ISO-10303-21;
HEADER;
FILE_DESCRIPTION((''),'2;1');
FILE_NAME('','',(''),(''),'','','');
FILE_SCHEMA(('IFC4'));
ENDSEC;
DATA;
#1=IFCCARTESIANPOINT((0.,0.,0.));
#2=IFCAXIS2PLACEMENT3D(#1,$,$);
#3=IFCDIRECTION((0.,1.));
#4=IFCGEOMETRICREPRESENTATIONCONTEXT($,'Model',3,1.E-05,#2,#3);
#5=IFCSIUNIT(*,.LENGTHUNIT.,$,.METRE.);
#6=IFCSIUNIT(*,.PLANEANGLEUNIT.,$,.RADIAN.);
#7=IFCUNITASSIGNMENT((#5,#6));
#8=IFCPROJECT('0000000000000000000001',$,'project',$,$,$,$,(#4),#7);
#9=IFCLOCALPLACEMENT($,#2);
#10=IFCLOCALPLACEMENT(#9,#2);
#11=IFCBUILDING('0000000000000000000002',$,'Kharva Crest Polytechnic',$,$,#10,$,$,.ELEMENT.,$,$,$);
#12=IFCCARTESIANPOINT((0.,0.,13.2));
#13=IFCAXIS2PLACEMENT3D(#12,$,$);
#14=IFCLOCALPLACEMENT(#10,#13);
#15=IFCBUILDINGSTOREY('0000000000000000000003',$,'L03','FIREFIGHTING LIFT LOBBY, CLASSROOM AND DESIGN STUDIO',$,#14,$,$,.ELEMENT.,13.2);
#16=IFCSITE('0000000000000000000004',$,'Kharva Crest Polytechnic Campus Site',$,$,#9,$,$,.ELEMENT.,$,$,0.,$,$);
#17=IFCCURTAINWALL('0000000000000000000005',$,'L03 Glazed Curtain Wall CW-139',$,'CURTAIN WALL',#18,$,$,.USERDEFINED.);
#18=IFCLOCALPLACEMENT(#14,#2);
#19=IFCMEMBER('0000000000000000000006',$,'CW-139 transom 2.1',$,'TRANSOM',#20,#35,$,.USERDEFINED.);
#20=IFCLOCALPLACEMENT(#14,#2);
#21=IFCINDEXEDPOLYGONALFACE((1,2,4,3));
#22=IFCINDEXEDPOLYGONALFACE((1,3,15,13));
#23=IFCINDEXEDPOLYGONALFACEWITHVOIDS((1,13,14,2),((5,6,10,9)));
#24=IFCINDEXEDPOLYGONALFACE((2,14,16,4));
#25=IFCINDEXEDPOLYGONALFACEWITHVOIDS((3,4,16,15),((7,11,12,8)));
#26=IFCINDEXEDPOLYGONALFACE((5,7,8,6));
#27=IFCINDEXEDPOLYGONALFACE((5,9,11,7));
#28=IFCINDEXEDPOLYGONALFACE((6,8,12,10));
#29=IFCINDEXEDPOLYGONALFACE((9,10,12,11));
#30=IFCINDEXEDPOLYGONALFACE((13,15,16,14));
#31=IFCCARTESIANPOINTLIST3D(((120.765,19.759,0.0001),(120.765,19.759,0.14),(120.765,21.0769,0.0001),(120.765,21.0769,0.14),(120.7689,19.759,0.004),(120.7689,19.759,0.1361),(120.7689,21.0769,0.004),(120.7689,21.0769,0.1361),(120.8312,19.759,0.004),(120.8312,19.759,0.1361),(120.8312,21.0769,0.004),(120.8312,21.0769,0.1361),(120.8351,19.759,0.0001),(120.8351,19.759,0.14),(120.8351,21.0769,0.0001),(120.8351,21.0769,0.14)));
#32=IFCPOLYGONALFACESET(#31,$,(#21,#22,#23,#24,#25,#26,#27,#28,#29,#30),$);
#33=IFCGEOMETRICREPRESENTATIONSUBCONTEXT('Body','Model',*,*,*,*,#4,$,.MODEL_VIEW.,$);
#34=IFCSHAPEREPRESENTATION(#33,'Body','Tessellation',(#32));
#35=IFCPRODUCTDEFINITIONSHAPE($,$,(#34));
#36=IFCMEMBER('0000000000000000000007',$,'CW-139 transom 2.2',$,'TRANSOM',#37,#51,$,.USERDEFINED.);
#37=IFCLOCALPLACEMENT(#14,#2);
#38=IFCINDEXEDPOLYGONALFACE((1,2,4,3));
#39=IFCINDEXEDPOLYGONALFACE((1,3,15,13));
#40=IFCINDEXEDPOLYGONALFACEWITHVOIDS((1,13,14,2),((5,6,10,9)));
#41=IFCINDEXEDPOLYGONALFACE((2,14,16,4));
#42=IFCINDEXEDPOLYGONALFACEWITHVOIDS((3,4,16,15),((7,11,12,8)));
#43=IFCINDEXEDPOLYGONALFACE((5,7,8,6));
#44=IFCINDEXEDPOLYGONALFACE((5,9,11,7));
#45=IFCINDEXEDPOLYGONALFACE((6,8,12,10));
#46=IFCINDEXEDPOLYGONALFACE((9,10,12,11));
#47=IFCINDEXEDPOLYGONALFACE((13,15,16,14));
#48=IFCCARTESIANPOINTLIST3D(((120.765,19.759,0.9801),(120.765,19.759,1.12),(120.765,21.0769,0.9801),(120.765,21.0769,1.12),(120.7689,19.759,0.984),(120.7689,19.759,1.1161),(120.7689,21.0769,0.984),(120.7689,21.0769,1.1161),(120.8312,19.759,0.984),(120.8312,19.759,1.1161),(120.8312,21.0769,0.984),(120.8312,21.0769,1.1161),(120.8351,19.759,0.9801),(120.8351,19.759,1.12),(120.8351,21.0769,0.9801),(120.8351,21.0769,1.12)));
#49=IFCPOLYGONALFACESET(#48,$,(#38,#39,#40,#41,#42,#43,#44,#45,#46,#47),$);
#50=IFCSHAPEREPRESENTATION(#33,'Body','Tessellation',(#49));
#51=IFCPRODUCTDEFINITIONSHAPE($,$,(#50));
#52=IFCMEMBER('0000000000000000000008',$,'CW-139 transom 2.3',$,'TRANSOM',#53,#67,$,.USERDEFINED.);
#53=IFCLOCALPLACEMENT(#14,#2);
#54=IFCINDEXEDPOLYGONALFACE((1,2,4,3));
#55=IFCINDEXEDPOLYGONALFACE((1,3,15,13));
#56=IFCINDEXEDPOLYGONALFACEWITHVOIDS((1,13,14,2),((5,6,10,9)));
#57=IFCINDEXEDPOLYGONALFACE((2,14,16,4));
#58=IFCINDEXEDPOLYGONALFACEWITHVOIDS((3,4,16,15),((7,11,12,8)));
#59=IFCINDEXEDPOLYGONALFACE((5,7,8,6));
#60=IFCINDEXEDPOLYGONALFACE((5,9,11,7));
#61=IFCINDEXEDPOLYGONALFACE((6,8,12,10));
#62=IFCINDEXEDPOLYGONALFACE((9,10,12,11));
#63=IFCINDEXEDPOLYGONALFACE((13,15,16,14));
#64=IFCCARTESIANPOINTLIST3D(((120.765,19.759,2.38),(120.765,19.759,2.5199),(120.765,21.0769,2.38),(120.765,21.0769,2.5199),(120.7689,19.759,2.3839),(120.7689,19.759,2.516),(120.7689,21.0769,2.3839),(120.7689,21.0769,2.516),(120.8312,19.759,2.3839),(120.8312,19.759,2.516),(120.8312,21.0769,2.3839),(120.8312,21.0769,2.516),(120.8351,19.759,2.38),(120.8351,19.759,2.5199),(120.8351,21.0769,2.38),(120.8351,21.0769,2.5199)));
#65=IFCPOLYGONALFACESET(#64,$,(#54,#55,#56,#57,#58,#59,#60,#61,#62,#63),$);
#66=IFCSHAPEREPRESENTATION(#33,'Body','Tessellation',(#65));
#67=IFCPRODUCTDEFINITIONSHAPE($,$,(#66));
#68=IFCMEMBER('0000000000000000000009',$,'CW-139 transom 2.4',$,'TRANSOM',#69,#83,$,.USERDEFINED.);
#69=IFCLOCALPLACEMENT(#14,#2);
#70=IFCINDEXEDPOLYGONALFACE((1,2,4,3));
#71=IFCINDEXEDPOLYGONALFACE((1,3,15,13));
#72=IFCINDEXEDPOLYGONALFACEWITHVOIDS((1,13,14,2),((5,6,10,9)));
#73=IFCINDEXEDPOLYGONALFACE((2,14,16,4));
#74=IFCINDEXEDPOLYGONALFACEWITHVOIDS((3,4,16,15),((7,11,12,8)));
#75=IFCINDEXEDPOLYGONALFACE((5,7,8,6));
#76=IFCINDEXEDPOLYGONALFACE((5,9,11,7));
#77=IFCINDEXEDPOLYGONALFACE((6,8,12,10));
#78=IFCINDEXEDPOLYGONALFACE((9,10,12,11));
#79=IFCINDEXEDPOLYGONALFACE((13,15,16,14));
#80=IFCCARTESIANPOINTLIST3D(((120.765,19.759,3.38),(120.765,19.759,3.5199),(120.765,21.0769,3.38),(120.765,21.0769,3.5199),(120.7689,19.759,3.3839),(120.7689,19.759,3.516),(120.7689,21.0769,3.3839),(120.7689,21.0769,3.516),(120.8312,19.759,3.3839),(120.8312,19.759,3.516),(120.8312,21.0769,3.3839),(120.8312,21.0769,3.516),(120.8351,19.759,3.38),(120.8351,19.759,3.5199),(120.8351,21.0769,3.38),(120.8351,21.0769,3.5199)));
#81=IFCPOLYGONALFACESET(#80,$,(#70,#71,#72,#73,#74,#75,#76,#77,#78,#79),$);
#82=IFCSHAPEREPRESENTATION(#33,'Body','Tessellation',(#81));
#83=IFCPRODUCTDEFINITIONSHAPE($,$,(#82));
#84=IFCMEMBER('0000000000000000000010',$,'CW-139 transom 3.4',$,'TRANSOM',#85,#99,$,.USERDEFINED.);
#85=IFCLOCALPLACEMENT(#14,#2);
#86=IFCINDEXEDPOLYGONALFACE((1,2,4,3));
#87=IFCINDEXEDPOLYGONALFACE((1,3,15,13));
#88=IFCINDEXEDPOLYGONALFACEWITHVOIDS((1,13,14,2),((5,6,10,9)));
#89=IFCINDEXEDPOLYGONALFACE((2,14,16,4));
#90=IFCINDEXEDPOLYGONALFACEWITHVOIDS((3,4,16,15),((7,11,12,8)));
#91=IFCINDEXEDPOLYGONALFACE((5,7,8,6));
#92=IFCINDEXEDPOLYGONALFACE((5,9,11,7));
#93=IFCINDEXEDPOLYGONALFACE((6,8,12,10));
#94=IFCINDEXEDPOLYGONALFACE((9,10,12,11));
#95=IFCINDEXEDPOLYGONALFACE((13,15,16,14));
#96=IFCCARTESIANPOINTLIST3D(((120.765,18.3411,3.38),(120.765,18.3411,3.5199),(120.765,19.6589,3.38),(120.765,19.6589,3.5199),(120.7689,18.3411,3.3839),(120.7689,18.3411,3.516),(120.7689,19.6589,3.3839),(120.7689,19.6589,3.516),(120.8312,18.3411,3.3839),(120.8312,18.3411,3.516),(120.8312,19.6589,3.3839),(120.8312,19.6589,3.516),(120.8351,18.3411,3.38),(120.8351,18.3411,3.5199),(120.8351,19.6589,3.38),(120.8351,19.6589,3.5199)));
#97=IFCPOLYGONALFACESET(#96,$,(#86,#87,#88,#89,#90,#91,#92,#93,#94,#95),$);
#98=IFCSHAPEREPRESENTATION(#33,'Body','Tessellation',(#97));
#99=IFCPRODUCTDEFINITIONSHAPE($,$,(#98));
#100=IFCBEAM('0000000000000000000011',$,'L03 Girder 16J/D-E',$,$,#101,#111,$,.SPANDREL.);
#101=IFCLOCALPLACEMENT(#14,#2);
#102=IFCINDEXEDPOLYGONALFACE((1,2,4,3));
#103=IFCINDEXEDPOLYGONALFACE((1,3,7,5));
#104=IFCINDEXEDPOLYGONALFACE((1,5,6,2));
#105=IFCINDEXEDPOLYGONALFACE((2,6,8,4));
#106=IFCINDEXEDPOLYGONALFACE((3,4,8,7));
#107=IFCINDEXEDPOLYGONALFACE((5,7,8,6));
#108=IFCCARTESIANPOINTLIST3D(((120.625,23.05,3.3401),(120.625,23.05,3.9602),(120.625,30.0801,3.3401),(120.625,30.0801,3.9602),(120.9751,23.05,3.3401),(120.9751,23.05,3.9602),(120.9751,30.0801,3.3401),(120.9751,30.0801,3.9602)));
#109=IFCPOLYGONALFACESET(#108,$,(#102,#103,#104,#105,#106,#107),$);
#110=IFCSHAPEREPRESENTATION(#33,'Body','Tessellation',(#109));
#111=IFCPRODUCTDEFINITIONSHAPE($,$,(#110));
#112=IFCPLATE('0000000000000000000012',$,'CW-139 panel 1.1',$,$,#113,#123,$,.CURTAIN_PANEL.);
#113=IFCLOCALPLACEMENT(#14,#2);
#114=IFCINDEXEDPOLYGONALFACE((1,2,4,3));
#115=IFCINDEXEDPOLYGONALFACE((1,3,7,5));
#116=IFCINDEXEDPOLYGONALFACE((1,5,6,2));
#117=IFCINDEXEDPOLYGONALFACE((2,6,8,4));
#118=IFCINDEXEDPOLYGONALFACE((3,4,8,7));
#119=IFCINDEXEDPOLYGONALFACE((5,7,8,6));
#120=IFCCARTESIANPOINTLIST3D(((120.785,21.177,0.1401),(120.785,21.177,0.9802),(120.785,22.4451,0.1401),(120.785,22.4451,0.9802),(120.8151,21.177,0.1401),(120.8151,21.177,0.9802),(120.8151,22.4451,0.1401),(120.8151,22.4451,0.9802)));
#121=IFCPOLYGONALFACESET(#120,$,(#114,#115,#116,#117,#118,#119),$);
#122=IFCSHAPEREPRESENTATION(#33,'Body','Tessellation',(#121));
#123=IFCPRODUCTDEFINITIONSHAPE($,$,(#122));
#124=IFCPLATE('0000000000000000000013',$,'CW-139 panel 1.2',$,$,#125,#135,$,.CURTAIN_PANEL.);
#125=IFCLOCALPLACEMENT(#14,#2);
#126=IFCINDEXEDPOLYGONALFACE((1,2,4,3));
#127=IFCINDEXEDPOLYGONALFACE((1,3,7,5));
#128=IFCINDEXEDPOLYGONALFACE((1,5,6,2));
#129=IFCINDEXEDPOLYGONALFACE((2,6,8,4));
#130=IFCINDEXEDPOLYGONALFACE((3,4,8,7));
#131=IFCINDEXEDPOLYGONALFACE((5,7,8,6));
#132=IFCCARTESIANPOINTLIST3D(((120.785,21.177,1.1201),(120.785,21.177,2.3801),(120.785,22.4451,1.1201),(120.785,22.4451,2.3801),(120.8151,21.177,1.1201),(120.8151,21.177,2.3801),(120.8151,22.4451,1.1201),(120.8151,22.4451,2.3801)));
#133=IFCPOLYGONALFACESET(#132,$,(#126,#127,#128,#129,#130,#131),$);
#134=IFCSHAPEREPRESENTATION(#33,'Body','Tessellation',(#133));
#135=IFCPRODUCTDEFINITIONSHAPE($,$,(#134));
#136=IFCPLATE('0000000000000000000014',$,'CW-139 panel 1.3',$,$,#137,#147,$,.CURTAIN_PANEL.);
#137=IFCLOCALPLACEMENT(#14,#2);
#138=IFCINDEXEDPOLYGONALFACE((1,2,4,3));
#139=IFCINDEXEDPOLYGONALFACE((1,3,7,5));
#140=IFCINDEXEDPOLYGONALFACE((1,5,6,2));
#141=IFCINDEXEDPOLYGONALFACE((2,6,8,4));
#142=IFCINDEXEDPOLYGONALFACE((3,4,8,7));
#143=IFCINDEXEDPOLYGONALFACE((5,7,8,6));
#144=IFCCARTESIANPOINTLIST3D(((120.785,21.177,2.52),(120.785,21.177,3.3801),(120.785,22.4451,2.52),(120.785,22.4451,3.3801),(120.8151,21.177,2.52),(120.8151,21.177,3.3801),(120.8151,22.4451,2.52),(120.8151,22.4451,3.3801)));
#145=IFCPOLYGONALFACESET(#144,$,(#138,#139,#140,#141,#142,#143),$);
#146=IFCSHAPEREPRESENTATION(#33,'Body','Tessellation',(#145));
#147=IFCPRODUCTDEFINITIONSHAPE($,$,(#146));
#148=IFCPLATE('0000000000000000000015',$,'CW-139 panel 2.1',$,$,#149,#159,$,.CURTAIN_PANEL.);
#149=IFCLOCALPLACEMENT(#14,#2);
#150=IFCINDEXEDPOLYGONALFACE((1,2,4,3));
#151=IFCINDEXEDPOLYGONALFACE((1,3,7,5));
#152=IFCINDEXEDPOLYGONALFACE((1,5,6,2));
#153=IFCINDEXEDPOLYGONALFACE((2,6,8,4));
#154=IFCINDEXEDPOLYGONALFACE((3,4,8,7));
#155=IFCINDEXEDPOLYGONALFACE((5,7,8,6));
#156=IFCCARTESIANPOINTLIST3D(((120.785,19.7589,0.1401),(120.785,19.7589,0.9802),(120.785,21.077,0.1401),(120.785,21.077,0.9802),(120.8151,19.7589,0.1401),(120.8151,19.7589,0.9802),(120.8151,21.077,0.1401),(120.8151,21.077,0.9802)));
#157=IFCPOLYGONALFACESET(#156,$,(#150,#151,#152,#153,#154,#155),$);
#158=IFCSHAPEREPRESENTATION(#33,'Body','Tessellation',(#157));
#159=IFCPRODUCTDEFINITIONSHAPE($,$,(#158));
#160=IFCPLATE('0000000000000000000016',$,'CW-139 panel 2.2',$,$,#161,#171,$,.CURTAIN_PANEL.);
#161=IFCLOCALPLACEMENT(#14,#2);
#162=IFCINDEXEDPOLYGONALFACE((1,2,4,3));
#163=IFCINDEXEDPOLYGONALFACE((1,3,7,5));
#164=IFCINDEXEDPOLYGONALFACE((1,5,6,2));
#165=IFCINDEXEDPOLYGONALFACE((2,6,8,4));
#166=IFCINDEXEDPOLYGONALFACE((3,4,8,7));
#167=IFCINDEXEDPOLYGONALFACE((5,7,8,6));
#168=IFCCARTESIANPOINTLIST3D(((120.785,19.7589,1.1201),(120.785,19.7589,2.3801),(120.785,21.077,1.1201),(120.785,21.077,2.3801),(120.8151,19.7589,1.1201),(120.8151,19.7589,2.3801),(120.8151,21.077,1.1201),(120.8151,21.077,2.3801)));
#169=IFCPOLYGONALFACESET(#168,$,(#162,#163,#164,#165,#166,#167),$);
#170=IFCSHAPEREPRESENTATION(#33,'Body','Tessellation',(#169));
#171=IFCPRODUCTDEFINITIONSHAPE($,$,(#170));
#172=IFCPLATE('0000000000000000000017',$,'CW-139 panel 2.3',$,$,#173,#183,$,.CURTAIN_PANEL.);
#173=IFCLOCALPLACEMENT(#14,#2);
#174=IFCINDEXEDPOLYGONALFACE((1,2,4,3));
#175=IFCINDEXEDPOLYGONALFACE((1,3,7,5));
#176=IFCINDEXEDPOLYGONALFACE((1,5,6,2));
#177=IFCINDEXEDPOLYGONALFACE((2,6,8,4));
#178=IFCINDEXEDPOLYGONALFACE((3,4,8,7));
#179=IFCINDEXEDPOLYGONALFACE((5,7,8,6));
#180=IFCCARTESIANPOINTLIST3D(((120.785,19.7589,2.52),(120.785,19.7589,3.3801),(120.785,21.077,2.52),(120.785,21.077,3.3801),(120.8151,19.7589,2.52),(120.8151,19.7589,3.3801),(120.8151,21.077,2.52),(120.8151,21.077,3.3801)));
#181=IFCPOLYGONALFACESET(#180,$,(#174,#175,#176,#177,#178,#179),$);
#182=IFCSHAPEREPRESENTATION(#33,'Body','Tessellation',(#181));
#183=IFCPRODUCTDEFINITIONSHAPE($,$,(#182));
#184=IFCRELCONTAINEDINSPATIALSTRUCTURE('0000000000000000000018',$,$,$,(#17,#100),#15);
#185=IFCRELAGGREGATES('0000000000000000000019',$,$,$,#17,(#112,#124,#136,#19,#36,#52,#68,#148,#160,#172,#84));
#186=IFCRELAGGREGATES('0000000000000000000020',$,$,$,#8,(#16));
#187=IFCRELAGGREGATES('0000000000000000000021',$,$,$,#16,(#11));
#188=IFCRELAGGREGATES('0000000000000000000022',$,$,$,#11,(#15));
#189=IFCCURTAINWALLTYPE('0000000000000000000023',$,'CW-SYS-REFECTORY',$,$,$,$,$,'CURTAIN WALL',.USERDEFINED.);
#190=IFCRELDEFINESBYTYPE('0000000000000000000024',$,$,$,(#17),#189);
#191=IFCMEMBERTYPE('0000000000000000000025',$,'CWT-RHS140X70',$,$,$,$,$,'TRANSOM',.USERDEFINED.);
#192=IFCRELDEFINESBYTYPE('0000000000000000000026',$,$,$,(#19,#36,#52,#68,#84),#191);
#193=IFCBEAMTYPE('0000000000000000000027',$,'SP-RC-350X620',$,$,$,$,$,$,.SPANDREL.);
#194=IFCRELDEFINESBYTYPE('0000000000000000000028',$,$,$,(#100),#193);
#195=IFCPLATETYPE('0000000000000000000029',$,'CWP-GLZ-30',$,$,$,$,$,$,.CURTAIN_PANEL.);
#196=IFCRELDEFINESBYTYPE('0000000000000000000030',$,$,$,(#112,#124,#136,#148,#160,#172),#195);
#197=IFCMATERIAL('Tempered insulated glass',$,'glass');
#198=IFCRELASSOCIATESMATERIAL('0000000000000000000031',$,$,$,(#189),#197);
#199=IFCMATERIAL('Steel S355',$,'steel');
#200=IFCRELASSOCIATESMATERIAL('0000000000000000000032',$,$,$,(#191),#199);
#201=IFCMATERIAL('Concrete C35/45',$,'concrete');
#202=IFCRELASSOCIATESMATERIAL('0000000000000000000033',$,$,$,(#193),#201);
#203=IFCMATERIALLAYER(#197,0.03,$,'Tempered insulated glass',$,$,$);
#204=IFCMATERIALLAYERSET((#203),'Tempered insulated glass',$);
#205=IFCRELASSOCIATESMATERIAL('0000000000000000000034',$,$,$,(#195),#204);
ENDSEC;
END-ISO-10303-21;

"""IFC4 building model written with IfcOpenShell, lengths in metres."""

from ifc_helpers import new_model, si_unit, direction, frame, origin, origin_2d, place, context, subcontext, project, spatial, rectangle, hollow_rectangle, extrude, material, layer, layer_set, material_profile, profile_set, type_object, element, aggregate, save


model = new_model("IFC4")

# Units and contexts
model_context = context("Model", 3, precision=1e-05, world=origin(), true_north=direction((0.0, 1.0)))
body_context = subcontext(model_context, "Body", "Model", "MODEL_VIEW")
ifc_project = project(units=[si_unit("LENGTHUNIT", "METRE"), si_unit("PLANEANGLEUNIT", "RADIAN")], contexts=[model_context])

# Site, building, storey
site_placement = place(None, origin())
site = spatial("IfcSite", under=ifc_project, at=site_placement, Name="Kharva Crest Polytechnic Campus Site", CompositionType="ELEMENT", RefElevation=0.0)
building_placement = place(site_placement, origin())
building = spatial("IfcBuilding", under=site, at=building_placement, Name="Kharva Crest Polytechnic", CompositionType="ELEMENT")
storey_placement = place(building_placement, frame((0.0, 0.0, 13.2)))
storey = spatial("IfcBuildingStorey", under=building, at=storey_placement, Name="L03", Description="FIREFIGHTING LIFT LOBBY, CLASSROOM AND DESIGN STUDIO", CompositionType="ELEMENT", Elevation=13.2)

# Shared definitions
ifc_material_1 = material(Name="Concrete C35/45", Category="concrete")

# Curtain wall, members
ifc_material_2 = material(Name="Tempered insulated glass", Category="glass")
curtain_wall_type = type_object("IfcCurtainWallType", Name="CW-SYS-REFECTORY", ElementType="CURTAIN WALL", PredefinedType="USERDEFINED", material=ifc_material_2)
curtain_wall_placement = place(storey_placement, origin())
curtain_wall = element("IfcCurtainWall", 1, at=curtain_wall_placement, inside=storey, type_object=curtain_wall_type, Name="L03 Glazed Curtain Wall CW-139", ObjectType="CURTAIN WALL", PredefinedType="USERDEFINED")
ifc_material_3 = material(Name="Steel S355", Category="steel")
ifc_material_profile_1 = material_profile(ifc_material_3, hollow_rectangle(XDim=0.0701, YDim=0.1399, WallThickness=0.0039, at=origin_2d()), Name="RHS 140X70X4.0")
ifc_profile_set_1 = profile_set([ifc_material_profile_1], Name="Steel S355")
member_type_1 = type_object("IfcMemberType", Name="CWT-RHS140X70", ElementType="TRANSOM", PredefinedType="USERDEFINED", material=ifc_profile_set_1)
member_1_placement = place(storey_placement, frame((120.8, 21.0769, 0.0701), z_axis=(0.0, -1.0, 0.0), x_axis=(1.0, 0.0, 0.0)))
member_1 = element("IfcMember", 2, at=member_1_placement, type_object=member_type_1, Name="CW-139 transom 2.1", ObjectType="TRANSOM", PredefinedType="USERDEFINED", context=body_context, shape_type="SweptSolid", body=[
    extrude(hollow_rectangle(XDim=0.0701, YDim=0.1399, WallThickness=0.0039, at=origin_2d()), origin(), (0.0, 0.0, 1.0), 1.3179),
])
member_2_placement = place(storey_placement, frame((120.8, 21.0769, 1.05), z_axis=(0.0, -1.0, 0.0), x_axis=(1.0, 0.0, 0.0)))
member_2 = element("IfcMember", 3, at=member_2_placement, type_object=member_type_1, Name="CW-139 transom 2.2", ObjectType="TRANSOM", PredefinedType="USERDEFINED", context=body_context, shape_type="SweptSolid", body=[
    extrude(hollow_rectangle(XDim=0.0701, YDim=0.1399, WallThickness=0.0039, at=origin_2d()), origin(), (0.0, 0.0, 1.0), 1.3179),
])
member_3_placement = place(storey_placement, frame((120.8, 21.0769, 2.45), z_axis=(0.0, -1.0, 0.0), x_axis=(1.0, 0.0, 0.0)))
member_3 = element("IfcMember", 4, at=member_3_placement, type_object=member_type_1, Name="CW-139 transom 2.3", ObjectType="TRANSOM", PredefinedType="USERDEFINED", context=body_context, shape_type="SweptSolid", body=[
    extrude(hollow_rectangle(XDim=0.0701, YDim=0.1399, WallThickness=0.0039, at=origin_2d()), origin(), (0.0, 0.0, 1.0), 1.3179),
])
member_4_placement = place(storey_placement, frame((120.8, 21.0769, 3.45), z_axis=(0.0, -1.0, 0.0), x_axis=(1.0, 0.0, 0.0)))
member_4 = element("IfcMember", 5, at=member_4_placement, type_object=member_type_1, Name="CW-139 transom 2.4", ObjectType="TRANSOM", PredefinedType="USERDEFINED", context=body_context, shape_type="SweptSolid", body=[
    extrude(hollow_rectangle(XDim=0.0701, YDim=0.1399, WallThickness=0.0039, at=origin_2d()), origin(), (0.0, 0.0, 1.0), 1.3179),
])
member_5_placement = place(storey_placement, frame((120.8, 19.6589, 3.45), z_axis=(0.0, -1.0, 0.0), x_axis=(1.0, 0.0, 0.0)))
member_5 = element("IfcMember", 6, at=member_5_placement, type_object=member_type_1, Name="CW-139 transom 3.4", ObjectType="TRANSOM", PredefinedType="USERDEFINED", context=body_context, shape_type="SweptSolid", body=[
    extrude(hollow_rectangle(XDim=0.0701, YDim=0.1399, WallThickness=0.0039, at=origin_2d()), origin(), (0.0, 0.0, 1.0), 1.3179),
])

# Beam
ifc_material_profile_2 = material_profile(ifc_material_1, rectangle(XDim=0.3501, YDim=0.6201, at=origin_2d()), Name="RECT 350 X 620")
ifc_profile_set_2 = profile_set([ifc_material_profile_2], Name="Concrete C35/45")
beam_type_1 = type_object("IfcBeamType", Name="SP-RC-350X620", PredefinedType="SPANDREL", material=ifc_profile_set_2)
beam_1_placement = place(storey_placement, frame((120.8, 23.05, 3.6501), z_axis=(0.0, 1.0, 0.0), x_axis=(-1.0, 0.0, 0.0)))
element("IfcBeam", 7, at=beam_1_placement, inside=storey, type_object=beam_type_1, Name="L03 Girder 16J/D-E", PredefinedType="SPANDREL", context=body_context, shape_type="SweptSolid", body=[
    extrude(rectangle(XDim=0.3501, YDim=0.6201, at=origin_2d()), origin(), (0.0, 0.0, 1.0), 7.03),
])

# Plates
ifc_layer = layer(ifc_material_2, 0.03, Name="Tempered insulated glass")
ifc_layer_set = layer_set([ifc_layer], Name="Tempered insulated glass")
plate_type = type_object("IfcPlateType", Name="CWP-GLZ-30", PredefinedType="CURTAIN_PANEL", material=ifc_layer_set)
plate_1_placement = place(storey_placement, frame((120.8, 21.811, 0.1401), z_axis=(0.0, 0.0, 1.0), x_axis=(0.0, -1.0, 0.0)))
plate_1 = element("IfcPlate", 8, at=plate_1_placement, type_object=plate_type, Name="CW-139 panel 1.1", PredefinedType="CURTAIN_PANEL", context=body_context, shape_type="SweptSolid", body=[
    extrude(rectangle(XDim=1.2681, YDim=0.03, at=origin_2d()), origin(), (0.0, 0.0, 1.0), 0.8401),
])
plate_2_placement = place(storey_placement, frame((120.8, 21.811, 1.1201), z_axis=(0.0, 0.0, 1.0), x_axis=(0.0, -1.0, 0.0)))
plate_2 = element("IfcPlate", 9, at=plate_2_placement, type_object=plate_type, Name="CW-139 panel 1.2", PredefinedType="CURTAIN_PANEL", context=body_context, shape_type="SweptSolid", body=[
    extrude(rectangle(XDim=1.2681, YDim=0.03, at=origin_2d()), origin(), (0.0, 0.0, 1.0), 1.26),
])
plate_3_placement = place(storey_placement, frame((120.8, 21.811, 2.52), z_axis=(0.0, 0.0, 1.0), x_axis=(0.0, -1.0, 0.0)))
plate_3 = element("IfcPlate", 10, at=plate_3_placement, type_object=plate_type, Name="CW-139 panel 1.3", PredefinedType="CURTAIN_PANEL", context=body_context, shape_type="SweptSolid", body=[
    extrude(rectangle(XDim=1.2681, YDim=0.03, at=origin_2d()), origin(), (0.0, 0.0, 1.0), 0.8601),
])
plate_4_placement = place(storey_placement, frame((120.8, 20.418, 0.1401), z_axis=(0.0, 0.0, 1.0), x_axis=(0.0, -1.0, 0.0)))
plate_4 = element("IfcPlate", 11, at=plate_4_placement, type_object=plate_type, Name="CW-139 panel 2.1", PredefinedType="CURTAIN_PANEL", context=body_context, shape_type="SweptSolid", body=[
    extrude(rectangle(XDim=1.3181, YDim=0.03, at=origin_2d()), origin(), (0.0, 0.0, 1.0), 0.8401),
])
plate_5_placement = place(storey_placement, frame((120.8, 20.418, 1.1201), z_axis=(0.0, 0.0, 1.0), x_axis=(0.0, -1.0, 0.0)))
plate_5 = element("IfcPlate", 12, at=plate_5_placement, type_object=plate_type, Name="CW-139 panel 2.2", PredefinedType="CURTAIN_PANEL", context=body_context, shape_type="SweptSolid", body=[
    extrude(rectangle(XDim=1.3181, YDim=0.03, at=origin_2d()), origin(), (0.0, 0.0, 1.0), 1.26),
])
plate_6_placement = place(storey_placement, frame((120.8, 20.418, 2.52), z_axis=(0.0, 0.0, 1.0), x_axis=(0.0, -1.0, 0.0)))
plate_6 = element("IfcPlate", 13, at=plate_6_placement, type_object=plate_type, Name="CW-139 panel 2.3", PredefinedType="CURTAIN_PANEL", context=body_context, shape_type="SweptSolid", body=[
    extrude(rectangle(XDim=1.3181, YDim=0.03, at=origin_2d()), origin(), (0.0, 0.0, 1.0), 0.8601),
])
aggregate(curtain_wall, [plate_1, plate_2, plate_3, member_1, member_2, member_3, member_4, plate_4, plate_5, plate_6, member_5])

save(model, "model.ifc")
